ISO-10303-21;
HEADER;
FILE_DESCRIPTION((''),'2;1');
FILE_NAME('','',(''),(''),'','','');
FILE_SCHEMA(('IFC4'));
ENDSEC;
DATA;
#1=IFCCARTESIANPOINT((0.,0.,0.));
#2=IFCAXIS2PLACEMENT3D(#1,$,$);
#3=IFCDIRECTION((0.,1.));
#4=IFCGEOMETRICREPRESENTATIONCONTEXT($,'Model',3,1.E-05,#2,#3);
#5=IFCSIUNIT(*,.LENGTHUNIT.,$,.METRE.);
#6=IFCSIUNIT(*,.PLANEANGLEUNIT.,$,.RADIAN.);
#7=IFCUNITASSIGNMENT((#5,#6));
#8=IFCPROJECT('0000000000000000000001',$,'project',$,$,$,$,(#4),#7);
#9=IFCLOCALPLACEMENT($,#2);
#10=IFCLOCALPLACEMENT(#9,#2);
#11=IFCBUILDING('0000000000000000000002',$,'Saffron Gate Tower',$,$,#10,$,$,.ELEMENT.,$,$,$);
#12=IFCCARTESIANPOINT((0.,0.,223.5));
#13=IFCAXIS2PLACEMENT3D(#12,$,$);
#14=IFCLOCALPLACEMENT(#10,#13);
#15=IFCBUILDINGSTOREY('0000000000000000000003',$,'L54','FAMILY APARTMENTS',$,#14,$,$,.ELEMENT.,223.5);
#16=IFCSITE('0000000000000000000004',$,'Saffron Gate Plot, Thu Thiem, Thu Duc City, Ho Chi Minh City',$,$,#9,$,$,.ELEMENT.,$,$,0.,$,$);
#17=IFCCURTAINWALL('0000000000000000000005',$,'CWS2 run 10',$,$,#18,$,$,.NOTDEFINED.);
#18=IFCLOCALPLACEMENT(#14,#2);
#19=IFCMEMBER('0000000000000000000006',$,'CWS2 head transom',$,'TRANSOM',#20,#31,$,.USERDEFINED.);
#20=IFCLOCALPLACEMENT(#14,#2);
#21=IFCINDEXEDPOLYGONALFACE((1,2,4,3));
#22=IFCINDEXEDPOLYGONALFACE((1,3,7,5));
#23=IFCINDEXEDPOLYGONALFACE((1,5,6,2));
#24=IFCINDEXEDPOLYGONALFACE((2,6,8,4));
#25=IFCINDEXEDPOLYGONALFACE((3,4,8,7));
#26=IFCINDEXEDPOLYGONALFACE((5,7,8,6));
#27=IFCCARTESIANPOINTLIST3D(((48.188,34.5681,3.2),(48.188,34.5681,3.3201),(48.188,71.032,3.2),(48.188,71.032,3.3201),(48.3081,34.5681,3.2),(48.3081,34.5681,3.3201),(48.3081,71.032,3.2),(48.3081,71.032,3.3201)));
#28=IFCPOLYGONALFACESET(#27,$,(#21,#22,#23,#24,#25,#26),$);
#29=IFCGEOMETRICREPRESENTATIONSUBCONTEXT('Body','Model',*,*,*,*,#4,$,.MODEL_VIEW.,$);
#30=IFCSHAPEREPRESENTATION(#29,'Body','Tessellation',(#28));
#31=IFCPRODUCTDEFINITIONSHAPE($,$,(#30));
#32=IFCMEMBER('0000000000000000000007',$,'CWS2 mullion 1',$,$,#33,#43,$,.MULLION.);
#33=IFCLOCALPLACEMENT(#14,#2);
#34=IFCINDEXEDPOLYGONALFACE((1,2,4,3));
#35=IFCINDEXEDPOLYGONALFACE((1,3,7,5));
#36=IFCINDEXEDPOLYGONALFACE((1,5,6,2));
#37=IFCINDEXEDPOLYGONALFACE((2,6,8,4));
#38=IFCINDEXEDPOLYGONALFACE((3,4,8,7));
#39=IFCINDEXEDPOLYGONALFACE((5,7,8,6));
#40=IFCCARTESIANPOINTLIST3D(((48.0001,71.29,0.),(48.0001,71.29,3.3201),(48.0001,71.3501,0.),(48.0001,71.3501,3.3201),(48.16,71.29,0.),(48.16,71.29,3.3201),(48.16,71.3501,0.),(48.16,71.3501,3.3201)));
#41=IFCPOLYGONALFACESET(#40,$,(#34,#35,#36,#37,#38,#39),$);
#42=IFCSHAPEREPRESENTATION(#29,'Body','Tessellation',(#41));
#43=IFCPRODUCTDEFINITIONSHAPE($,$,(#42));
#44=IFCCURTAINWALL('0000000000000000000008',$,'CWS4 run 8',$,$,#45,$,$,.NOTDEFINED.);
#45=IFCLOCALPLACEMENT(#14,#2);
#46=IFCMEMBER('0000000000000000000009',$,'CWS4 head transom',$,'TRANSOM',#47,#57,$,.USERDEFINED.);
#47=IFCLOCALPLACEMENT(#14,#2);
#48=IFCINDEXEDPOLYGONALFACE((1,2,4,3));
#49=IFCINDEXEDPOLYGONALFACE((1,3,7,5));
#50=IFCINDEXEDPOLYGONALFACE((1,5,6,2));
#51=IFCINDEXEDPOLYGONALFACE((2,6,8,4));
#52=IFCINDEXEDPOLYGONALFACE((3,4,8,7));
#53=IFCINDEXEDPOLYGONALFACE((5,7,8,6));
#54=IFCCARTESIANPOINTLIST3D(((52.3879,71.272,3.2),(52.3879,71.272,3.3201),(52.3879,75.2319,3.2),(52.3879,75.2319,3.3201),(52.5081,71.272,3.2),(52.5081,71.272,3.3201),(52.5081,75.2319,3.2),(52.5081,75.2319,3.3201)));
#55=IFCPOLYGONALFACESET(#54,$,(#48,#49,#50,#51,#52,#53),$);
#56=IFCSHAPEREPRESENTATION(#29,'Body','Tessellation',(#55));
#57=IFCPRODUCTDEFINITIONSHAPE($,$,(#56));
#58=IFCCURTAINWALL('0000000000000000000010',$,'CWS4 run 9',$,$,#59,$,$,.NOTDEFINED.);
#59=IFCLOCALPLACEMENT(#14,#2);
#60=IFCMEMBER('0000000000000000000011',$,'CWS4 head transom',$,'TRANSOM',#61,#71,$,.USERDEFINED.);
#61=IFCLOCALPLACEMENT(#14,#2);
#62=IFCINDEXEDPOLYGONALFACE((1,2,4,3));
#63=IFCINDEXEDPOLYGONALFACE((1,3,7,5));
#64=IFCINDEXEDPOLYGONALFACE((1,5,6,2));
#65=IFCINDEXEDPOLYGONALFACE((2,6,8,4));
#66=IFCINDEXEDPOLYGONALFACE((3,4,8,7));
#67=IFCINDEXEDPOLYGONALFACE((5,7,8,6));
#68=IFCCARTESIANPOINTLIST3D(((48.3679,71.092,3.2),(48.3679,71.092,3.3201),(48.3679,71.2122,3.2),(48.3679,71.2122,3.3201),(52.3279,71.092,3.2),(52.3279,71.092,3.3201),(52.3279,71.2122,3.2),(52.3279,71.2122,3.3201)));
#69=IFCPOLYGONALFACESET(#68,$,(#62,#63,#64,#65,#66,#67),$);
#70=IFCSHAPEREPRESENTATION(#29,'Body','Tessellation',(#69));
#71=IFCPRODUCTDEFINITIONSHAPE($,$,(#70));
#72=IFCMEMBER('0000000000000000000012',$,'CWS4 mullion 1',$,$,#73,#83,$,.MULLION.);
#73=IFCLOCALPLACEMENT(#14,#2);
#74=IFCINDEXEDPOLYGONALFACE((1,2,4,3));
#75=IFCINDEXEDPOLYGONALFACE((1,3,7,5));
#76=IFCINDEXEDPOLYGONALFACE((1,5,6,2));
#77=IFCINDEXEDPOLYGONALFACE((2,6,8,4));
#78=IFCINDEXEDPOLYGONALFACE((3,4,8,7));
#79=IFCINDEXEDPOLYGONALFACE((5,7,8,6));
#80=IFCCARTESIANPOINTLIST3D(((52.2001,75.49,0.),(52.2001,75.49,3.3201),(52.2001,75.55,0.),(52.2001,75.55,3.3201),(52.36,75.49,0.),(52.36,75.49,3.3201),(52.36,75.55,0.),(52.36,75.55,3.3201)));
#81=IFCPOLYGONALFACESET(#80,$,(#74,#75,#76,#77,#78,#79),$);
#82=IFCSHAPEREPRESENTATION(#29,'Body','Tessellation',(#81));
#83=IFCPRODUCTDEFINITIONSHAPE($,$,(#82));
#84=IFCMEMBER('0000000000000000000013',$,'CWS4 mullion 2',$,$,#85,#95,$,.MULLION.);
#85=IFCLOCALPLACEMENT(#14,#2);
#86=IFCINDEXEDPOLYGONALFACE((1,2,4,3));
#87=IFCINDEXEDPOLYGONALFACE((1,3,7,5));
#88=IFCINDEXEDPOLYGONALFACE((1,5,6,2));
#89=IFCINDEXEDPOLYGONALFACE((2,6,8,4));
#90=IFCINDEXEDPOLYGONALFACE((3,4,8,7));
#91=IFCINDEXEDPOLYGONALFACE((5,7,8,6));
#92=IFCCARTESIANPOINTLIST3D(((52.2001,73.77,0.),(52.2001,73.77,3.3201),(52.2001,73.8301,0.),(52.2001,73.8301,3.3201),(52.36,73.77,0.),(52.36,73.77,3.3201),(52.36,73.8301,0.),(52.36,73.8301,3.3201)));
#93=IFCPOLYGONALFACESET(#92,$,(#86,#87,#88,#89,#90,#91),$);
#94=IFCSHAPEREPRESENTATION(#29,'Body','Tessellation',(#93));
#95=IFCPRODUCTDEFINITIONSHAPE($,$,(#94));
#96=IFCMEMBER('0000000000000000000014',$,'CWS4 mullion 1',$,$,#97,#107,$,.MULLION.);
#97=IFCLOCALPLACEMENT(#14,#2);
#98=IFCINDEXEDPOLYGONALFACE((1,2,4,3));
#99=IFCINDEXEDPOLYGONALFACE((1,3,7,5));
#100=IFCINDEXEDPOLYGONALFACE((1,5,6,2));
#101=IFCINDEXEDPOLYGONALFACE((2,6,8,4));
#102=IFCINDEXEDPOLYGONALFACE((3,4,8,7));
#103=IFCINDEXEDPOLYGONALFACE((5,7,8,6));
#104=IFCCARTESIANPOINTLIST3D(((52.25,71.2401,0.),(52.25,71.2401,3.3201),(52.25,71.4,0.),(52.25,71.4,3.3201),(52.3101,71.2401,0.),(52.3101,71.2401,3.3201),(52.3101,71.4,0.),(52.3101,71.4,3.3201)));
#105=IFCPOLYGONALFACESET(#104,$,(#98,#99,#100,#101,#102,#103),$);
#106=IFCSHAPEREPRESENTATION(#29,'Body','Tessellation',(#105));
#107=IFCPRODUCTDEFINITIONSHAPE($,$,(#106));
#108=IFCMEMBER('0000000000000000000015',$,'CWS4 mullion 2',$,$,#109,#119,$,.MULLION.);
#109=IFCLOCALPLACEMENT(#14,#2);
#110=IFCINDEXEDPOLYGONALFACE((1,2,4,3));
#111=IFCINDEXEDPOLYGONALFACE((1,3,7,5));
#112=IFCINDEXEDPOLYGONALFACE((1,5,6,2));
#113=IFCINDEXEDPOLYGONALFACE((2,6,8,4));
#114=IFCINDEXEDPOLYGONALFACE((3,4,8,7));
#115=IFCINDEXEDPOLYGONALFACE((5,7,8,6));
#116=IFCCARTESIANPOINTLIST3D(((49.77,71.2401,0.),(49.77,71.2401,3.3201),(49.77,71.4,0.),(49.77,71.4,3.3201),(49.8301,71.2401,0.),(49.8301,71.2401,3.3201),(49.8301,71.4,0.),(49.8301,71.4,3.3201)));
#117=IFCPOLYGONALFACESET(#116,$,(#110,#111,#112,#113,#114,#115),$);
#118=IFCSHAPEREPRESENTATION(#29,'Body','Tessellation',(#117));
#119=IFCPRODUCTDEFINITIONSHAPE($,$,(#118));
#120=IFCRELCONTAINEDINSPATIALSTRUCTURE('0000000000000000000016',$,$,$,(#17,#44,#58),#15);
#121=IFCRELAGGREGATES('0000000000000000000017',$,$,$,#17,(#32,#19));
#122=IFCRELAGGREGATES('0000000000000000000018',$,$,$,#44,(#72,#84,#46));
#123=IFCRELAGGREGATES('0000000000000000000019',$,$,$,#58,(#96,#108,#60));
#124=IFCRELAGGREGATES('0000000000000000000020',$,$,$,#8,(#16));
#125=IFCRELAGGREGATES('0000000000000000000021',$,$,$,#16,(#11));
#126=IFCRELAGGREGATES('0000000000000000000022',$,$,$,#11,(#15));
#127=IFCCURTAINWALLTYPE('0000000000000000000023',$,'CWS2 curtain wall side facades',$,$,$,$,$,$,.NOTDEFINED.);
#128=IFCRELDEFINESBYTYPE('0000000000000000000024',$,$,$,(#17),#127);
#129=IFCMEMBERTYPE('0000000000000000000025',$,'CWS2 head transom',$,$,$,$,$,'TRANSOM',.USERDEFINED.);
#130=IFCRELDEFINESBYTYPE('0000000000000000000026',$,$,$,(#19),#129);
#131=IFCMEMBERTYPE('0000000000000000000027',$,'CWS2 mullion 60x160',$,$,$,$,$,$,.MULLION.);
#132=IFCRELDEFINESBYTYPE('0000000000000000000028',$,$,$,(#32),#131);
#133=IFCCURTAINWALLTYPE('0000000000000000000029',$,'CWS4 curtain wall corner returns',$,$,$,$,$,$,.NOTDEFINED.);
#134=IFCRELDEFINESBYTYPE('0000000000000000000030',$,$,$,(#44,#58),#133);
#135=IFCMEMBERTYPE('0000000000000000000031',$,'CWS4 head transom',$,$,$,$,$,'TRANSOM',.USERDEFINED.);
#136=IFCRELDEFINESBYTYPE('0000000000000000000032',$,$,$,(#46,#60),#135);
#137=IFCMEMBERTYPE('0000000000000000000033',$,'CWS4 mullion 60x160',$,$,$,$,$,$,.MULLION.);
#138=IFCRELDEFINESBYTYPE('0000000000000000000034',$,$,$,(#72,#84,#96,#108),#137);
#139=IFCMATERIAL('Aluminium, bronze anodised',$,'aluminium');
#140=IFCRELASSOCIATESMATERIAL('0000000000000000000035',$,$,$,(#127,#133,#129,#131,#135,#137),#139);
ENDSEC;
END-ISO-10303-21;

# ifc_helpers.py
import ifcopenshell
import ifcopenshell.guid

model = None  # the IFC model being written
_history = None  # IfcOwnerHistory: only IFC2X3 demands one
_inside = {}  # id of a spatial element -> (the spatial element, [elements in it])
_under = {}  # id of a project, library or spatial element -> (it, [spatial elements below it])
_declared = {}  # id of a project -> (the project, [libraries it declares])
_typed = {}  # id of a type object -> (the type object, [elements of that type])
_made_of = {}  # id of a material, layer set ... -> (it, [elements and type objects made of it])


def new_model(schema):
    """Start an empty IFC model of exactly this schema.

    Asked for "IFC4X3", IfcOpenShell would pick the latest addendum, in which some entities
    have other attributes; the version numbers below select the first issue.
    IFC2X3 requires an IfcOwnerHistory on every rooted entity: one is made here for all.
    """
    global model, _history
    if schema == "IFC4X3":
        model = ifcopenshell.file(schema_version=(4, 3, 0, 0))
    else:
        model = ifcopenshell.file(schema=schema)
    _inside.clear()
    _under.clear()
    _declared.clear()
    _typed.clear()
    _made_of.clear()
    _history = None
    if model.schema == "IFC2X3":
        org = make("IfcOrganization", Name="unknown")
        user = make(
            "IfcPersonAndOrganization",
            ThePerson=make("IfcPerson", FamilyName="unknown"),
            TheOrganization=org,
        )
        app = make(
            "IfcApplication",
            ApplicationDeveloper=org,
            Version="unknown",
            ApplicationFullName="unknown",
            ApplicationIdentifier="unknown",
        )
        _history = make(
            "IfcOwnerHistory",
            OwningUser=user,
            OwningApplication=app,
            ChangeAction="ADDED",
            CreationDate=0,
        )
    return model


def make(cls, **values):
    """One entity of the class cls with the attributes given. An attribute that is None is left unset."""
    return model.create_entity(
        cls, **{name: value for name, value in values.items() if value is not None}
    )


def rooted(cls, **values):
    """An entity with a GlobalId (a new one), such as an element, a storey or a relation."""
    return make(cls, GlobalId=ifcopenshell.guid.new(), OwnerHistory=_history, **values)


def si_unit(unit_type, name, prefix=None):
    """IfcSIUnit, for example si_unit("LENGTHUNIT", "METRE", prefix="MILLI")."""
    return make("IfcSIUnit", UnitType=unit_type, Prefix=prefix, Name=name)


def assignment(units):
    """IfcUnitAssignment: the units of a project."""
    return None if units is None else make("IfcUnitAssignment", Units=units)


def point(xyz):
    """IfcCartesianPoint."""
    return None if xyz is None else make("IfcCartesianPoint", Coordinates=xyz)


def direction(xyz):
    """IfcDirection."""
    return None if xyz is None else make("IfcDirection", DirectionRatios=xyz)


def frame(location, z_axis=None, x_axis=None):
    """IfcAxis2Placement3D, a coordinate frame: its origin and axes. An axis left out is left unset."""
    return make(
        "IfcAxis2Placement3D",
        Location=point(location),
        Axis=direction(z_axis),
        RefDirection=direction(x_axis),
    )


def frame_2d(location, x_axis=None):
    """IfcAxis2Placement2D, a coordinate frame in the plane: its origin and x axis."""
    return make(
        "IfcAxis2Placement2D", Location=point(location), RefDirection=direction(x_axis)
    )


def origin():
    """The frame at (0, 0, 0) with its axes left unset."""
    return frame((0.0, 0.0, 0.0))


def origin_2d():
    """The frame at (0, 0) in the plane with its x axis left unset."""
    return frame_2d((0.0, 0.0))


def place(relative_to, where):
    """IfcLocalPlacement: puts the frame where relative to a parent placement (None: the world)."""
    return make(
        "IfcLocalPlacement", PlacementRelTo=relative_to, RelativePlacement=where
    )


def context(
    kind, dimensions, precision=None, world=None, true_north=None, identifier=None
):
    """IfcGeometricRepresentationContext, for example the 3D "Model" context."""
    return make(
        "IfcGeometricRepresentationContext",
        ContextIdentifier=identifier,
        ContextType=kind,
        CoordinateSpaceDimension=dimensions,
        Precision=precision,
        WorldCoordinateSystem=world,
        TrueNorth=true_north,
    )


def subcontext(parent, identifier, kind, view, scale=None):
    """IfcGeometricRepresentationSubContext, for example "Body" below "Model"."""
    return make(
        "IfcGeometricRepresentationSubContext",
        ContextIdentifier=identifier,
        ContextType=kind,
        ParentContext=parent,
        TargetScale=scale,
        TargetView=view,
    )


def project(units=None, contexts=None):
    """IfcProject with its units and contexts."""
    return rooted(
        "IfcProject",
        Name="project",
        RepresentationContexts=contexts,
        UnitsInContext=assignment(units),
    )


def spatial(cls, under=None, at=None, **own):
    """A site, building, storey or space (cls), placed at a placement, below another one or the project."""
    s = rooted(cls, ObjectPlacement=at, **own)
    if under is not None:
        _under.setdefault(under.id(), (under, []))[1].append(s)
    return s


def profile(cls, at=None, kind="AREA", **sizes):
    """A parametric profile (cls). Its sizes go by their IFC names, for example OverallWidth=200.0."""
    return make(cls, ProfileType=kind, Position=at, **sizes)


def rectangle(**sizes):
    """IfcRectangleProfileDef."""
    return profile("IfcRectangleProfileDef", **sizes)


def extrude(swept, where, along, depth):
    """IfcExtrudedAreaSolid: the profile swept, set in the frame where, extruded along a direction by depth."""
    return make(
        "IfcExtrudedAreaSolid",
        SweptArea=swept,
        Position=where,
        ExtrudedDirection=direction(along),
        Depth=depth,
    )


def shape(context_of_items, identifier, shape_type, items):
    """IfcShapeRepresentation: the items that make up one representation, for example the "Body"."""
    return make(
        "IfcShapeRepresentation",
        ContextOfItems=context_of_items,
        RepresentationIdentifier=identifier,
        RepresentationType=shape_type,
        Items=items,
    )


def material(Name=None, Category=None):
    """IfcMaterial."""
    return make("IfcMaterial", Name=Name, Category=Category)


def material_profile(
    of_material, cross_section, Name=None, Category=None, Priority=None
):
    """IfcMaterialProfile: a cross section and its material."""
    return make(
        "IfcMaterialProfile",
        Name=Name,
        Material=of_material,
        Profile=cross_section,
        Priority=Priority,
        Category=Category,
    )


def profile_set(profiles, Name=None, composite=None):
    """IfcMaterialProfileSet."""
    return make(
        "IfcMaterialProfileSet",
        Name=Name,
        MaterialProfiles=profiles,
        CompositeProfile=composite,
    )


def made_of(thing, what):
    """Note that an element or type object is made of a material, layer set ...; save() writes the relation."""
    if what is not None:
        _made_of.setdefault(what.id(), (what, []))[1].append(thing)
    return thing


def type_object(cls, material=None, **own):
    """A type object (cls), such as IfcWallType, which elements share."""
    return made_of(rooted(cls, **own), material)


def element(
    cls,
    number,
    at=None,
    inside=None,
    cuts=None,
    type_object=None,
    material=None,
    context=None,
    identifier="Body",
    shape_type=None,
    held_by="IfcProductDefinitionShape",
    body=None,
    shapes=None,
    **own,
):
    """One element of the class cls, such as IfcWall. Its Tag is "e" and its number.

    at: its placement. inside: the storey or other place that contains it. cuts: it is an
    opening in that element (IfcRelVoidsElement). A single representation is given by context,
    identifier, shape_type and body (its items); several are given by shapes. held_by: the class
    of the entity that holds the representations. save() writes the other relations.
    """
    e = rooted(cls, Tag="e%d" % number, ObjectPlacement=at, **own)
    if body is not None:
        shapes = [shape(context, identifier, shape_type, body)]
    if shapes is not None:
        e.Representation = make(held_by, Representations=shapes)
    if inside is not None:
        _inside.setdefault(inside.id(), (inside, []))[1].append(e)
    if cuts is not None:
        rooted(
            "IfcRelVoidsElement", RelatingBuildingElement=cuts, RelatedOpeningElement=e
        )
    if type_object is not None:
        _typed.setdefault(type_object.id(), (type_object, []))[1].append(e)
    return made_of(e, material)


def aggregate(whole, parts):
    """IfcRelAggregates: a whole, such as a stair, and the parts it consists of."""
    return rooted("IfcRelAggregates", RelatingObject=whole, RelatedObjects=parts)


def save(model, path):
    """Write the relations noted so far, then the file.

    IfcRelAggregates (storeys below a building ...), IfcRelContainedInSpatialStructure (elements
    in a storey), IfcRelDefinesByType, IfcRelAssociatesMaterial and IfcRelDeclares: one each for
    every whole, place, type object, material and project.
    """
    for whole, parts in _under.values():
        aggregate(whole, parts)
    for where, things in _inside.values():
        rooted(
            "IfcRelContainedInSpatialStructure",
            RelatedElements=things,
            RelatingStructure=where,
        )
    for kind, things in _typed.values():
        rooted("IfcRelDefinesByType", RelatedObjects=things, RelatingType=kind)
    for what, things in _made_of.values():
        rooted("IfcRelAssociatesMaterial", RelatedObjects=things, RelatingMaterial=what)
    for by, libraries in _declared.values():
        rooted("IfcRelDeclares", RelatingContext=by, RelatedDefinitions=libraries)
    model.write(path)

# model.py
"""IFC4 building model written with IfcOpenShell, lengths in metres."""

from ifc_helpers import new_model, si_unit, direction, frame, origin, origin_2d, place, context, subcontext, project, spatial, rectangle, extrude, material, material_profile, profile_set, type_object, element, aggregate, save


model = new_model("IFC4")

# Units and contexts
model_context = context("Model", 3, precision=1e-05, world=origin(), true_north=direction((0.0, 1.0)))
body_context = subcontext(model_context, "Body", "Model", "MODEL_VIEW")
ifc_project = project(units=[si_unit("LENGTHUNIT", "METRE"), si_unit("PLANEANGLEUNIT", "RADIAN")], contexts=[model_context])

# Site, building, storey
site_placement = place(None, origin())
site = spatial("IfcSite", under=ifc_project, at=site_placement, Name="Saffron Gate Plot, Thu Thiem, Thu Duc City, Ho Chi Minh City", CompositionType="ELEMENT", RefElevation=0.0)
building_placement = place(site_placement, origin())
building = spatial("IfcBuilding", under=site, at=building_placement, Name="Saffron Gate Tower", CompositionType="ELEMENT")
storey_placement = place(building_placement, frame((0.0, 0.0, 223.5)))
storey = spatial("IfcBuildingStorey", under=building, at=storey_placement, Name="L54", Description="FAMILY APARTMENTS", CompositionType="ELEMENT", Elevation=223.5)

# Curtain wall, members
ifc_material_1 = material(Name="Aluminium, bronze anodised", Category="aluminium")
curtain_wall_type_1 = type_object("IfcCurtainWallType", Name="CWS2 curtain wall side facades", PredefinedType="NOTDEFINED", material=ifc_material_1)
curtain_wall_1_placement = place(storey_placement, origin())
curtain_wall_1 = element("IfcCurtainWall", 1, at=curtain_wall_1_placement, inside=storey, type_object=curtain_wall_type_1, Name="CWS2 run 10", PredefinedType="NOTDEFINED")
ifc_material_profile_1 = material_profile(ifc_material_1, rectangle(XDim=0.1201, YDim=0.1201, at=origin_2d()))
ifc_profile_set_1 = profile_set([ifc_material_profile_1], Name="Aluminium, bronze anodised")
member_type_1 = type_object("IfcMemberType", Name="CWS2 head transom", ElementType="TRANSOM", PredefinedType="USERDEFINED", material=ifc_profile_set_1)
member_1_placement = place(storey_placement, frame((48.248, 71.032, 3.26), z_axis=(0.0, -1.0, 0.0), x_axis=(1.0, 0.0, 0.0)))
member_1 = element("IfcMember", 2, at=member_1_placement, type_object=member_type_1, Name="CWS2 head transom", ObjectType="TRANSOM", PredefinedType="USERDEFINED", context=body_context, shape_type="SweptSolid", body=[
    extrude(rectangle(XDim=0.1201, YDim=0.1201, at=origin_2d()), origin(), (0.0, 0.0, 1.0), 36.4639),
])
ifc_material_profile_2 = material_profile(ifc_material_1, rectangle(XDim=0.1599, YDim=0.0601, at=origin_2d()))
ifc_profile_set_2 = profile_set([ifc_material_profile_2], Name="Aluminium, bronze anodised")
member_type_2 = type_object("IfcMemberType", Name="CWS2 mullion 60x160", PredefinedType="MULLION", material=ifc_profile_set_2)
member_2_placement = place(storey_placement, frame((48.0801, 71.3201, 0.0), z_axis=(0.0, 0.0, 1.0), x_axis=(1.0, 0.0, 0.0)))
member_2 = element("IfcMember", 3, at=member_2_placement, type_object=member_type_2, Name="CWS2 mullion 1", PredefinedType="MULLION", context=body_context, shape_type="SweptSolid", body=[
    extrude(rectangle(XDim=0.1599, YDim=0.0601, at=origin_2d()), origin(), (0.0, 0.0, 1.0), 3.3201),
])

# Curtain walls, members
curtain_wall_type_2 = type_object("IfcCurtainWallType", Name="CWS4 curtain wall corner returns", PredefinedType="NOTDEFINED", material=ifc_material_1)
curtain_wall_2_placement = place(storey_placement, origin())
curtain_wall_2 = element("IfcCurtainWall", 4, at=curtain_wall_2_placement, inside=storey, type_object=curtain_wall_type_2, Name="CWS4 run 8", PredefinedType="NOTDEFINED")
ifc_material_profile_3 = material_profile(ifc_material_1, rectangle(XDim=0.1201, YDim=0.1201, at=origin_2d()))
ifc_profile_set_3 = profile_set([ifc_material_profile_3], Name="Aluminium, bronze anodised")
member_type_3 = type_object("IfcMemberType", Name="CWS4 head transom", ElementType="TRANSOM", PredefinedType="USERDEFINED", material=ifc_profile_set_3)
member_3_placement = place(storey_placement, frame((52.448, 75.2319, 3.26), z_axis=(0.0, -1.0, 0.0), x_axis=(1.0, 0.0, 0.0)))
member_3 = element("IfcMember", 5, at=member_3_placement, type_object=member_type_3, Name="CWS4 head transom", ObjectType="TRANSOM", PredefinedType="USERDEFINED", context=body_context, shape_type="SweptSolid", body=[
    extrude(rectangle(XDim=0.1201, YDim=0.1201, at=origin_2d()), origin(), (0.0, 0.0, 1.0), 3.96),
])
curtain_wall_3_placement = place(storey_placement, origin())
curtain_wall_3 = element("IfcCurtainWall", 6, at=curtain_wall_3_placement, inside=storey, type_object=curtain_wall_type_2, Name="CWS4 run 9", PredefinedType="NOTDEFINED")
member_4_placement = place(storey_placement, frame((52.3279, 71.1521, 3.26), z_axis=(-1.0, 0.0, 0.0), x_axis=(0.0, -1.0, 0.0)))
member_4 = element("IfcMember", 7, at=member_4_placement, type_object=member_type_3, Name="CWS4 head transom", ObjectType="TRANSOM", PredefinedType="USERDEFINED", context=body_context, shape_type="SweptSolid", body=[
    extrude(rectangle(XDim=0.1201, YDim=0.1201, at=origin_2d()), origin(), (0.0, 0.0, 1.0), 3.96),
])

# Members
ifc_material_profile_4 = material_profile(ifc_material_1, rectangle(XDim=0.1599, YDim=0.0601, at=origin_2d()))
ifc_profile_set_4 = profile_set([ifc_material_profile_4], Name="Aluminium, bronze anodised")
member_type_4 = type_object("IfcMemberType", Name="CWS4 mullion 60x160", PredefinedType="MULLION", material=ifc_profile_set_4)
member_5_placement = place(storey_placement, frame((52.28, 75.52, 0.0), z_axis=(0.0, 0.0, 1.0), x_axis=(1.0, 0.0, 0.0)))
member_5 = element("IfcMember", 8, at=member_5_placement, type_object=member_type_4, Name="CWS4 mullion 1", PredefinedType="MULLION", context=body_context, shape_type="SweptSolid", body=[
    extrude(rectangle(XDim=0.1599, YDim=0.0601, at=origin_2d()), origin(), (0.0, 0.0, 1.0), 3.3201),
])
member_6_placement = place(storey_placement, frame((52.28, 73.8, 0.0), z_axis=(0.0, 0.0, 1.0), x_axis=(1.0, 0.0, 0.0)))
member_6 = element("IfcMember", 9, at=member_6_placement, type_object=member_type_4, Name="CWS4 mullion 2", PredefinedType="MULLION", context=body_context, shape_type="SweptSolid", body=[
    extrude(rectangle(XDim=0.1599, YDim=0.0601, at=origin_2d()), origin(), (0.0, 0.0, 1.0), 3.3201),
])
member_7_placement = place(storey_placement, frame((52.28, 71.3201, 0.0), z_axis=(0.0, 0.0, 1.0), x_axis=(0.0, -1.0, 0.0)))
member_7 = element("IfcMember", 10, at=member_7_placement, type_object=member_type_4, Name="CWS4 mullion 1", PredefinedType="MULLION", context=body_context, shape_type="SweptSolid", body=[
    extrude(rectangle(XDim=0.1599, YDim=0.0601, at=origin_2d()), origin(), (0.0, 0.0, 1.0), 3.3201),
])
member_8_placement = place(storey_placement, frame((49.8, 71.3201, 0.0), z_axis=(0.0, 0.0, 1.0), x_axis=(0.0, -1.0, 0.0)))
member_8 = element("IfcMember", 11, at=member_8_placement, type_object=member_type_4, Name="CWS4 mullion 2", PredefinedType="MULLION", context=body_context, shape_type="SweptSolid", body=[
    extrude(rectangle(XDim=0.1599, YDim=0.0601, at=origin_2d()), origin(), (0.0, 0.0, 1.0), 3.3201),
])

aggregate(curtain_wall_1, [member_2, member_1])

aggregate(curtain_wall_2, [member_5, member_6, member_3])
aggregate(curtain_wall_3, [member_7, member_8, member_4])

save(model, "model.ifc")
